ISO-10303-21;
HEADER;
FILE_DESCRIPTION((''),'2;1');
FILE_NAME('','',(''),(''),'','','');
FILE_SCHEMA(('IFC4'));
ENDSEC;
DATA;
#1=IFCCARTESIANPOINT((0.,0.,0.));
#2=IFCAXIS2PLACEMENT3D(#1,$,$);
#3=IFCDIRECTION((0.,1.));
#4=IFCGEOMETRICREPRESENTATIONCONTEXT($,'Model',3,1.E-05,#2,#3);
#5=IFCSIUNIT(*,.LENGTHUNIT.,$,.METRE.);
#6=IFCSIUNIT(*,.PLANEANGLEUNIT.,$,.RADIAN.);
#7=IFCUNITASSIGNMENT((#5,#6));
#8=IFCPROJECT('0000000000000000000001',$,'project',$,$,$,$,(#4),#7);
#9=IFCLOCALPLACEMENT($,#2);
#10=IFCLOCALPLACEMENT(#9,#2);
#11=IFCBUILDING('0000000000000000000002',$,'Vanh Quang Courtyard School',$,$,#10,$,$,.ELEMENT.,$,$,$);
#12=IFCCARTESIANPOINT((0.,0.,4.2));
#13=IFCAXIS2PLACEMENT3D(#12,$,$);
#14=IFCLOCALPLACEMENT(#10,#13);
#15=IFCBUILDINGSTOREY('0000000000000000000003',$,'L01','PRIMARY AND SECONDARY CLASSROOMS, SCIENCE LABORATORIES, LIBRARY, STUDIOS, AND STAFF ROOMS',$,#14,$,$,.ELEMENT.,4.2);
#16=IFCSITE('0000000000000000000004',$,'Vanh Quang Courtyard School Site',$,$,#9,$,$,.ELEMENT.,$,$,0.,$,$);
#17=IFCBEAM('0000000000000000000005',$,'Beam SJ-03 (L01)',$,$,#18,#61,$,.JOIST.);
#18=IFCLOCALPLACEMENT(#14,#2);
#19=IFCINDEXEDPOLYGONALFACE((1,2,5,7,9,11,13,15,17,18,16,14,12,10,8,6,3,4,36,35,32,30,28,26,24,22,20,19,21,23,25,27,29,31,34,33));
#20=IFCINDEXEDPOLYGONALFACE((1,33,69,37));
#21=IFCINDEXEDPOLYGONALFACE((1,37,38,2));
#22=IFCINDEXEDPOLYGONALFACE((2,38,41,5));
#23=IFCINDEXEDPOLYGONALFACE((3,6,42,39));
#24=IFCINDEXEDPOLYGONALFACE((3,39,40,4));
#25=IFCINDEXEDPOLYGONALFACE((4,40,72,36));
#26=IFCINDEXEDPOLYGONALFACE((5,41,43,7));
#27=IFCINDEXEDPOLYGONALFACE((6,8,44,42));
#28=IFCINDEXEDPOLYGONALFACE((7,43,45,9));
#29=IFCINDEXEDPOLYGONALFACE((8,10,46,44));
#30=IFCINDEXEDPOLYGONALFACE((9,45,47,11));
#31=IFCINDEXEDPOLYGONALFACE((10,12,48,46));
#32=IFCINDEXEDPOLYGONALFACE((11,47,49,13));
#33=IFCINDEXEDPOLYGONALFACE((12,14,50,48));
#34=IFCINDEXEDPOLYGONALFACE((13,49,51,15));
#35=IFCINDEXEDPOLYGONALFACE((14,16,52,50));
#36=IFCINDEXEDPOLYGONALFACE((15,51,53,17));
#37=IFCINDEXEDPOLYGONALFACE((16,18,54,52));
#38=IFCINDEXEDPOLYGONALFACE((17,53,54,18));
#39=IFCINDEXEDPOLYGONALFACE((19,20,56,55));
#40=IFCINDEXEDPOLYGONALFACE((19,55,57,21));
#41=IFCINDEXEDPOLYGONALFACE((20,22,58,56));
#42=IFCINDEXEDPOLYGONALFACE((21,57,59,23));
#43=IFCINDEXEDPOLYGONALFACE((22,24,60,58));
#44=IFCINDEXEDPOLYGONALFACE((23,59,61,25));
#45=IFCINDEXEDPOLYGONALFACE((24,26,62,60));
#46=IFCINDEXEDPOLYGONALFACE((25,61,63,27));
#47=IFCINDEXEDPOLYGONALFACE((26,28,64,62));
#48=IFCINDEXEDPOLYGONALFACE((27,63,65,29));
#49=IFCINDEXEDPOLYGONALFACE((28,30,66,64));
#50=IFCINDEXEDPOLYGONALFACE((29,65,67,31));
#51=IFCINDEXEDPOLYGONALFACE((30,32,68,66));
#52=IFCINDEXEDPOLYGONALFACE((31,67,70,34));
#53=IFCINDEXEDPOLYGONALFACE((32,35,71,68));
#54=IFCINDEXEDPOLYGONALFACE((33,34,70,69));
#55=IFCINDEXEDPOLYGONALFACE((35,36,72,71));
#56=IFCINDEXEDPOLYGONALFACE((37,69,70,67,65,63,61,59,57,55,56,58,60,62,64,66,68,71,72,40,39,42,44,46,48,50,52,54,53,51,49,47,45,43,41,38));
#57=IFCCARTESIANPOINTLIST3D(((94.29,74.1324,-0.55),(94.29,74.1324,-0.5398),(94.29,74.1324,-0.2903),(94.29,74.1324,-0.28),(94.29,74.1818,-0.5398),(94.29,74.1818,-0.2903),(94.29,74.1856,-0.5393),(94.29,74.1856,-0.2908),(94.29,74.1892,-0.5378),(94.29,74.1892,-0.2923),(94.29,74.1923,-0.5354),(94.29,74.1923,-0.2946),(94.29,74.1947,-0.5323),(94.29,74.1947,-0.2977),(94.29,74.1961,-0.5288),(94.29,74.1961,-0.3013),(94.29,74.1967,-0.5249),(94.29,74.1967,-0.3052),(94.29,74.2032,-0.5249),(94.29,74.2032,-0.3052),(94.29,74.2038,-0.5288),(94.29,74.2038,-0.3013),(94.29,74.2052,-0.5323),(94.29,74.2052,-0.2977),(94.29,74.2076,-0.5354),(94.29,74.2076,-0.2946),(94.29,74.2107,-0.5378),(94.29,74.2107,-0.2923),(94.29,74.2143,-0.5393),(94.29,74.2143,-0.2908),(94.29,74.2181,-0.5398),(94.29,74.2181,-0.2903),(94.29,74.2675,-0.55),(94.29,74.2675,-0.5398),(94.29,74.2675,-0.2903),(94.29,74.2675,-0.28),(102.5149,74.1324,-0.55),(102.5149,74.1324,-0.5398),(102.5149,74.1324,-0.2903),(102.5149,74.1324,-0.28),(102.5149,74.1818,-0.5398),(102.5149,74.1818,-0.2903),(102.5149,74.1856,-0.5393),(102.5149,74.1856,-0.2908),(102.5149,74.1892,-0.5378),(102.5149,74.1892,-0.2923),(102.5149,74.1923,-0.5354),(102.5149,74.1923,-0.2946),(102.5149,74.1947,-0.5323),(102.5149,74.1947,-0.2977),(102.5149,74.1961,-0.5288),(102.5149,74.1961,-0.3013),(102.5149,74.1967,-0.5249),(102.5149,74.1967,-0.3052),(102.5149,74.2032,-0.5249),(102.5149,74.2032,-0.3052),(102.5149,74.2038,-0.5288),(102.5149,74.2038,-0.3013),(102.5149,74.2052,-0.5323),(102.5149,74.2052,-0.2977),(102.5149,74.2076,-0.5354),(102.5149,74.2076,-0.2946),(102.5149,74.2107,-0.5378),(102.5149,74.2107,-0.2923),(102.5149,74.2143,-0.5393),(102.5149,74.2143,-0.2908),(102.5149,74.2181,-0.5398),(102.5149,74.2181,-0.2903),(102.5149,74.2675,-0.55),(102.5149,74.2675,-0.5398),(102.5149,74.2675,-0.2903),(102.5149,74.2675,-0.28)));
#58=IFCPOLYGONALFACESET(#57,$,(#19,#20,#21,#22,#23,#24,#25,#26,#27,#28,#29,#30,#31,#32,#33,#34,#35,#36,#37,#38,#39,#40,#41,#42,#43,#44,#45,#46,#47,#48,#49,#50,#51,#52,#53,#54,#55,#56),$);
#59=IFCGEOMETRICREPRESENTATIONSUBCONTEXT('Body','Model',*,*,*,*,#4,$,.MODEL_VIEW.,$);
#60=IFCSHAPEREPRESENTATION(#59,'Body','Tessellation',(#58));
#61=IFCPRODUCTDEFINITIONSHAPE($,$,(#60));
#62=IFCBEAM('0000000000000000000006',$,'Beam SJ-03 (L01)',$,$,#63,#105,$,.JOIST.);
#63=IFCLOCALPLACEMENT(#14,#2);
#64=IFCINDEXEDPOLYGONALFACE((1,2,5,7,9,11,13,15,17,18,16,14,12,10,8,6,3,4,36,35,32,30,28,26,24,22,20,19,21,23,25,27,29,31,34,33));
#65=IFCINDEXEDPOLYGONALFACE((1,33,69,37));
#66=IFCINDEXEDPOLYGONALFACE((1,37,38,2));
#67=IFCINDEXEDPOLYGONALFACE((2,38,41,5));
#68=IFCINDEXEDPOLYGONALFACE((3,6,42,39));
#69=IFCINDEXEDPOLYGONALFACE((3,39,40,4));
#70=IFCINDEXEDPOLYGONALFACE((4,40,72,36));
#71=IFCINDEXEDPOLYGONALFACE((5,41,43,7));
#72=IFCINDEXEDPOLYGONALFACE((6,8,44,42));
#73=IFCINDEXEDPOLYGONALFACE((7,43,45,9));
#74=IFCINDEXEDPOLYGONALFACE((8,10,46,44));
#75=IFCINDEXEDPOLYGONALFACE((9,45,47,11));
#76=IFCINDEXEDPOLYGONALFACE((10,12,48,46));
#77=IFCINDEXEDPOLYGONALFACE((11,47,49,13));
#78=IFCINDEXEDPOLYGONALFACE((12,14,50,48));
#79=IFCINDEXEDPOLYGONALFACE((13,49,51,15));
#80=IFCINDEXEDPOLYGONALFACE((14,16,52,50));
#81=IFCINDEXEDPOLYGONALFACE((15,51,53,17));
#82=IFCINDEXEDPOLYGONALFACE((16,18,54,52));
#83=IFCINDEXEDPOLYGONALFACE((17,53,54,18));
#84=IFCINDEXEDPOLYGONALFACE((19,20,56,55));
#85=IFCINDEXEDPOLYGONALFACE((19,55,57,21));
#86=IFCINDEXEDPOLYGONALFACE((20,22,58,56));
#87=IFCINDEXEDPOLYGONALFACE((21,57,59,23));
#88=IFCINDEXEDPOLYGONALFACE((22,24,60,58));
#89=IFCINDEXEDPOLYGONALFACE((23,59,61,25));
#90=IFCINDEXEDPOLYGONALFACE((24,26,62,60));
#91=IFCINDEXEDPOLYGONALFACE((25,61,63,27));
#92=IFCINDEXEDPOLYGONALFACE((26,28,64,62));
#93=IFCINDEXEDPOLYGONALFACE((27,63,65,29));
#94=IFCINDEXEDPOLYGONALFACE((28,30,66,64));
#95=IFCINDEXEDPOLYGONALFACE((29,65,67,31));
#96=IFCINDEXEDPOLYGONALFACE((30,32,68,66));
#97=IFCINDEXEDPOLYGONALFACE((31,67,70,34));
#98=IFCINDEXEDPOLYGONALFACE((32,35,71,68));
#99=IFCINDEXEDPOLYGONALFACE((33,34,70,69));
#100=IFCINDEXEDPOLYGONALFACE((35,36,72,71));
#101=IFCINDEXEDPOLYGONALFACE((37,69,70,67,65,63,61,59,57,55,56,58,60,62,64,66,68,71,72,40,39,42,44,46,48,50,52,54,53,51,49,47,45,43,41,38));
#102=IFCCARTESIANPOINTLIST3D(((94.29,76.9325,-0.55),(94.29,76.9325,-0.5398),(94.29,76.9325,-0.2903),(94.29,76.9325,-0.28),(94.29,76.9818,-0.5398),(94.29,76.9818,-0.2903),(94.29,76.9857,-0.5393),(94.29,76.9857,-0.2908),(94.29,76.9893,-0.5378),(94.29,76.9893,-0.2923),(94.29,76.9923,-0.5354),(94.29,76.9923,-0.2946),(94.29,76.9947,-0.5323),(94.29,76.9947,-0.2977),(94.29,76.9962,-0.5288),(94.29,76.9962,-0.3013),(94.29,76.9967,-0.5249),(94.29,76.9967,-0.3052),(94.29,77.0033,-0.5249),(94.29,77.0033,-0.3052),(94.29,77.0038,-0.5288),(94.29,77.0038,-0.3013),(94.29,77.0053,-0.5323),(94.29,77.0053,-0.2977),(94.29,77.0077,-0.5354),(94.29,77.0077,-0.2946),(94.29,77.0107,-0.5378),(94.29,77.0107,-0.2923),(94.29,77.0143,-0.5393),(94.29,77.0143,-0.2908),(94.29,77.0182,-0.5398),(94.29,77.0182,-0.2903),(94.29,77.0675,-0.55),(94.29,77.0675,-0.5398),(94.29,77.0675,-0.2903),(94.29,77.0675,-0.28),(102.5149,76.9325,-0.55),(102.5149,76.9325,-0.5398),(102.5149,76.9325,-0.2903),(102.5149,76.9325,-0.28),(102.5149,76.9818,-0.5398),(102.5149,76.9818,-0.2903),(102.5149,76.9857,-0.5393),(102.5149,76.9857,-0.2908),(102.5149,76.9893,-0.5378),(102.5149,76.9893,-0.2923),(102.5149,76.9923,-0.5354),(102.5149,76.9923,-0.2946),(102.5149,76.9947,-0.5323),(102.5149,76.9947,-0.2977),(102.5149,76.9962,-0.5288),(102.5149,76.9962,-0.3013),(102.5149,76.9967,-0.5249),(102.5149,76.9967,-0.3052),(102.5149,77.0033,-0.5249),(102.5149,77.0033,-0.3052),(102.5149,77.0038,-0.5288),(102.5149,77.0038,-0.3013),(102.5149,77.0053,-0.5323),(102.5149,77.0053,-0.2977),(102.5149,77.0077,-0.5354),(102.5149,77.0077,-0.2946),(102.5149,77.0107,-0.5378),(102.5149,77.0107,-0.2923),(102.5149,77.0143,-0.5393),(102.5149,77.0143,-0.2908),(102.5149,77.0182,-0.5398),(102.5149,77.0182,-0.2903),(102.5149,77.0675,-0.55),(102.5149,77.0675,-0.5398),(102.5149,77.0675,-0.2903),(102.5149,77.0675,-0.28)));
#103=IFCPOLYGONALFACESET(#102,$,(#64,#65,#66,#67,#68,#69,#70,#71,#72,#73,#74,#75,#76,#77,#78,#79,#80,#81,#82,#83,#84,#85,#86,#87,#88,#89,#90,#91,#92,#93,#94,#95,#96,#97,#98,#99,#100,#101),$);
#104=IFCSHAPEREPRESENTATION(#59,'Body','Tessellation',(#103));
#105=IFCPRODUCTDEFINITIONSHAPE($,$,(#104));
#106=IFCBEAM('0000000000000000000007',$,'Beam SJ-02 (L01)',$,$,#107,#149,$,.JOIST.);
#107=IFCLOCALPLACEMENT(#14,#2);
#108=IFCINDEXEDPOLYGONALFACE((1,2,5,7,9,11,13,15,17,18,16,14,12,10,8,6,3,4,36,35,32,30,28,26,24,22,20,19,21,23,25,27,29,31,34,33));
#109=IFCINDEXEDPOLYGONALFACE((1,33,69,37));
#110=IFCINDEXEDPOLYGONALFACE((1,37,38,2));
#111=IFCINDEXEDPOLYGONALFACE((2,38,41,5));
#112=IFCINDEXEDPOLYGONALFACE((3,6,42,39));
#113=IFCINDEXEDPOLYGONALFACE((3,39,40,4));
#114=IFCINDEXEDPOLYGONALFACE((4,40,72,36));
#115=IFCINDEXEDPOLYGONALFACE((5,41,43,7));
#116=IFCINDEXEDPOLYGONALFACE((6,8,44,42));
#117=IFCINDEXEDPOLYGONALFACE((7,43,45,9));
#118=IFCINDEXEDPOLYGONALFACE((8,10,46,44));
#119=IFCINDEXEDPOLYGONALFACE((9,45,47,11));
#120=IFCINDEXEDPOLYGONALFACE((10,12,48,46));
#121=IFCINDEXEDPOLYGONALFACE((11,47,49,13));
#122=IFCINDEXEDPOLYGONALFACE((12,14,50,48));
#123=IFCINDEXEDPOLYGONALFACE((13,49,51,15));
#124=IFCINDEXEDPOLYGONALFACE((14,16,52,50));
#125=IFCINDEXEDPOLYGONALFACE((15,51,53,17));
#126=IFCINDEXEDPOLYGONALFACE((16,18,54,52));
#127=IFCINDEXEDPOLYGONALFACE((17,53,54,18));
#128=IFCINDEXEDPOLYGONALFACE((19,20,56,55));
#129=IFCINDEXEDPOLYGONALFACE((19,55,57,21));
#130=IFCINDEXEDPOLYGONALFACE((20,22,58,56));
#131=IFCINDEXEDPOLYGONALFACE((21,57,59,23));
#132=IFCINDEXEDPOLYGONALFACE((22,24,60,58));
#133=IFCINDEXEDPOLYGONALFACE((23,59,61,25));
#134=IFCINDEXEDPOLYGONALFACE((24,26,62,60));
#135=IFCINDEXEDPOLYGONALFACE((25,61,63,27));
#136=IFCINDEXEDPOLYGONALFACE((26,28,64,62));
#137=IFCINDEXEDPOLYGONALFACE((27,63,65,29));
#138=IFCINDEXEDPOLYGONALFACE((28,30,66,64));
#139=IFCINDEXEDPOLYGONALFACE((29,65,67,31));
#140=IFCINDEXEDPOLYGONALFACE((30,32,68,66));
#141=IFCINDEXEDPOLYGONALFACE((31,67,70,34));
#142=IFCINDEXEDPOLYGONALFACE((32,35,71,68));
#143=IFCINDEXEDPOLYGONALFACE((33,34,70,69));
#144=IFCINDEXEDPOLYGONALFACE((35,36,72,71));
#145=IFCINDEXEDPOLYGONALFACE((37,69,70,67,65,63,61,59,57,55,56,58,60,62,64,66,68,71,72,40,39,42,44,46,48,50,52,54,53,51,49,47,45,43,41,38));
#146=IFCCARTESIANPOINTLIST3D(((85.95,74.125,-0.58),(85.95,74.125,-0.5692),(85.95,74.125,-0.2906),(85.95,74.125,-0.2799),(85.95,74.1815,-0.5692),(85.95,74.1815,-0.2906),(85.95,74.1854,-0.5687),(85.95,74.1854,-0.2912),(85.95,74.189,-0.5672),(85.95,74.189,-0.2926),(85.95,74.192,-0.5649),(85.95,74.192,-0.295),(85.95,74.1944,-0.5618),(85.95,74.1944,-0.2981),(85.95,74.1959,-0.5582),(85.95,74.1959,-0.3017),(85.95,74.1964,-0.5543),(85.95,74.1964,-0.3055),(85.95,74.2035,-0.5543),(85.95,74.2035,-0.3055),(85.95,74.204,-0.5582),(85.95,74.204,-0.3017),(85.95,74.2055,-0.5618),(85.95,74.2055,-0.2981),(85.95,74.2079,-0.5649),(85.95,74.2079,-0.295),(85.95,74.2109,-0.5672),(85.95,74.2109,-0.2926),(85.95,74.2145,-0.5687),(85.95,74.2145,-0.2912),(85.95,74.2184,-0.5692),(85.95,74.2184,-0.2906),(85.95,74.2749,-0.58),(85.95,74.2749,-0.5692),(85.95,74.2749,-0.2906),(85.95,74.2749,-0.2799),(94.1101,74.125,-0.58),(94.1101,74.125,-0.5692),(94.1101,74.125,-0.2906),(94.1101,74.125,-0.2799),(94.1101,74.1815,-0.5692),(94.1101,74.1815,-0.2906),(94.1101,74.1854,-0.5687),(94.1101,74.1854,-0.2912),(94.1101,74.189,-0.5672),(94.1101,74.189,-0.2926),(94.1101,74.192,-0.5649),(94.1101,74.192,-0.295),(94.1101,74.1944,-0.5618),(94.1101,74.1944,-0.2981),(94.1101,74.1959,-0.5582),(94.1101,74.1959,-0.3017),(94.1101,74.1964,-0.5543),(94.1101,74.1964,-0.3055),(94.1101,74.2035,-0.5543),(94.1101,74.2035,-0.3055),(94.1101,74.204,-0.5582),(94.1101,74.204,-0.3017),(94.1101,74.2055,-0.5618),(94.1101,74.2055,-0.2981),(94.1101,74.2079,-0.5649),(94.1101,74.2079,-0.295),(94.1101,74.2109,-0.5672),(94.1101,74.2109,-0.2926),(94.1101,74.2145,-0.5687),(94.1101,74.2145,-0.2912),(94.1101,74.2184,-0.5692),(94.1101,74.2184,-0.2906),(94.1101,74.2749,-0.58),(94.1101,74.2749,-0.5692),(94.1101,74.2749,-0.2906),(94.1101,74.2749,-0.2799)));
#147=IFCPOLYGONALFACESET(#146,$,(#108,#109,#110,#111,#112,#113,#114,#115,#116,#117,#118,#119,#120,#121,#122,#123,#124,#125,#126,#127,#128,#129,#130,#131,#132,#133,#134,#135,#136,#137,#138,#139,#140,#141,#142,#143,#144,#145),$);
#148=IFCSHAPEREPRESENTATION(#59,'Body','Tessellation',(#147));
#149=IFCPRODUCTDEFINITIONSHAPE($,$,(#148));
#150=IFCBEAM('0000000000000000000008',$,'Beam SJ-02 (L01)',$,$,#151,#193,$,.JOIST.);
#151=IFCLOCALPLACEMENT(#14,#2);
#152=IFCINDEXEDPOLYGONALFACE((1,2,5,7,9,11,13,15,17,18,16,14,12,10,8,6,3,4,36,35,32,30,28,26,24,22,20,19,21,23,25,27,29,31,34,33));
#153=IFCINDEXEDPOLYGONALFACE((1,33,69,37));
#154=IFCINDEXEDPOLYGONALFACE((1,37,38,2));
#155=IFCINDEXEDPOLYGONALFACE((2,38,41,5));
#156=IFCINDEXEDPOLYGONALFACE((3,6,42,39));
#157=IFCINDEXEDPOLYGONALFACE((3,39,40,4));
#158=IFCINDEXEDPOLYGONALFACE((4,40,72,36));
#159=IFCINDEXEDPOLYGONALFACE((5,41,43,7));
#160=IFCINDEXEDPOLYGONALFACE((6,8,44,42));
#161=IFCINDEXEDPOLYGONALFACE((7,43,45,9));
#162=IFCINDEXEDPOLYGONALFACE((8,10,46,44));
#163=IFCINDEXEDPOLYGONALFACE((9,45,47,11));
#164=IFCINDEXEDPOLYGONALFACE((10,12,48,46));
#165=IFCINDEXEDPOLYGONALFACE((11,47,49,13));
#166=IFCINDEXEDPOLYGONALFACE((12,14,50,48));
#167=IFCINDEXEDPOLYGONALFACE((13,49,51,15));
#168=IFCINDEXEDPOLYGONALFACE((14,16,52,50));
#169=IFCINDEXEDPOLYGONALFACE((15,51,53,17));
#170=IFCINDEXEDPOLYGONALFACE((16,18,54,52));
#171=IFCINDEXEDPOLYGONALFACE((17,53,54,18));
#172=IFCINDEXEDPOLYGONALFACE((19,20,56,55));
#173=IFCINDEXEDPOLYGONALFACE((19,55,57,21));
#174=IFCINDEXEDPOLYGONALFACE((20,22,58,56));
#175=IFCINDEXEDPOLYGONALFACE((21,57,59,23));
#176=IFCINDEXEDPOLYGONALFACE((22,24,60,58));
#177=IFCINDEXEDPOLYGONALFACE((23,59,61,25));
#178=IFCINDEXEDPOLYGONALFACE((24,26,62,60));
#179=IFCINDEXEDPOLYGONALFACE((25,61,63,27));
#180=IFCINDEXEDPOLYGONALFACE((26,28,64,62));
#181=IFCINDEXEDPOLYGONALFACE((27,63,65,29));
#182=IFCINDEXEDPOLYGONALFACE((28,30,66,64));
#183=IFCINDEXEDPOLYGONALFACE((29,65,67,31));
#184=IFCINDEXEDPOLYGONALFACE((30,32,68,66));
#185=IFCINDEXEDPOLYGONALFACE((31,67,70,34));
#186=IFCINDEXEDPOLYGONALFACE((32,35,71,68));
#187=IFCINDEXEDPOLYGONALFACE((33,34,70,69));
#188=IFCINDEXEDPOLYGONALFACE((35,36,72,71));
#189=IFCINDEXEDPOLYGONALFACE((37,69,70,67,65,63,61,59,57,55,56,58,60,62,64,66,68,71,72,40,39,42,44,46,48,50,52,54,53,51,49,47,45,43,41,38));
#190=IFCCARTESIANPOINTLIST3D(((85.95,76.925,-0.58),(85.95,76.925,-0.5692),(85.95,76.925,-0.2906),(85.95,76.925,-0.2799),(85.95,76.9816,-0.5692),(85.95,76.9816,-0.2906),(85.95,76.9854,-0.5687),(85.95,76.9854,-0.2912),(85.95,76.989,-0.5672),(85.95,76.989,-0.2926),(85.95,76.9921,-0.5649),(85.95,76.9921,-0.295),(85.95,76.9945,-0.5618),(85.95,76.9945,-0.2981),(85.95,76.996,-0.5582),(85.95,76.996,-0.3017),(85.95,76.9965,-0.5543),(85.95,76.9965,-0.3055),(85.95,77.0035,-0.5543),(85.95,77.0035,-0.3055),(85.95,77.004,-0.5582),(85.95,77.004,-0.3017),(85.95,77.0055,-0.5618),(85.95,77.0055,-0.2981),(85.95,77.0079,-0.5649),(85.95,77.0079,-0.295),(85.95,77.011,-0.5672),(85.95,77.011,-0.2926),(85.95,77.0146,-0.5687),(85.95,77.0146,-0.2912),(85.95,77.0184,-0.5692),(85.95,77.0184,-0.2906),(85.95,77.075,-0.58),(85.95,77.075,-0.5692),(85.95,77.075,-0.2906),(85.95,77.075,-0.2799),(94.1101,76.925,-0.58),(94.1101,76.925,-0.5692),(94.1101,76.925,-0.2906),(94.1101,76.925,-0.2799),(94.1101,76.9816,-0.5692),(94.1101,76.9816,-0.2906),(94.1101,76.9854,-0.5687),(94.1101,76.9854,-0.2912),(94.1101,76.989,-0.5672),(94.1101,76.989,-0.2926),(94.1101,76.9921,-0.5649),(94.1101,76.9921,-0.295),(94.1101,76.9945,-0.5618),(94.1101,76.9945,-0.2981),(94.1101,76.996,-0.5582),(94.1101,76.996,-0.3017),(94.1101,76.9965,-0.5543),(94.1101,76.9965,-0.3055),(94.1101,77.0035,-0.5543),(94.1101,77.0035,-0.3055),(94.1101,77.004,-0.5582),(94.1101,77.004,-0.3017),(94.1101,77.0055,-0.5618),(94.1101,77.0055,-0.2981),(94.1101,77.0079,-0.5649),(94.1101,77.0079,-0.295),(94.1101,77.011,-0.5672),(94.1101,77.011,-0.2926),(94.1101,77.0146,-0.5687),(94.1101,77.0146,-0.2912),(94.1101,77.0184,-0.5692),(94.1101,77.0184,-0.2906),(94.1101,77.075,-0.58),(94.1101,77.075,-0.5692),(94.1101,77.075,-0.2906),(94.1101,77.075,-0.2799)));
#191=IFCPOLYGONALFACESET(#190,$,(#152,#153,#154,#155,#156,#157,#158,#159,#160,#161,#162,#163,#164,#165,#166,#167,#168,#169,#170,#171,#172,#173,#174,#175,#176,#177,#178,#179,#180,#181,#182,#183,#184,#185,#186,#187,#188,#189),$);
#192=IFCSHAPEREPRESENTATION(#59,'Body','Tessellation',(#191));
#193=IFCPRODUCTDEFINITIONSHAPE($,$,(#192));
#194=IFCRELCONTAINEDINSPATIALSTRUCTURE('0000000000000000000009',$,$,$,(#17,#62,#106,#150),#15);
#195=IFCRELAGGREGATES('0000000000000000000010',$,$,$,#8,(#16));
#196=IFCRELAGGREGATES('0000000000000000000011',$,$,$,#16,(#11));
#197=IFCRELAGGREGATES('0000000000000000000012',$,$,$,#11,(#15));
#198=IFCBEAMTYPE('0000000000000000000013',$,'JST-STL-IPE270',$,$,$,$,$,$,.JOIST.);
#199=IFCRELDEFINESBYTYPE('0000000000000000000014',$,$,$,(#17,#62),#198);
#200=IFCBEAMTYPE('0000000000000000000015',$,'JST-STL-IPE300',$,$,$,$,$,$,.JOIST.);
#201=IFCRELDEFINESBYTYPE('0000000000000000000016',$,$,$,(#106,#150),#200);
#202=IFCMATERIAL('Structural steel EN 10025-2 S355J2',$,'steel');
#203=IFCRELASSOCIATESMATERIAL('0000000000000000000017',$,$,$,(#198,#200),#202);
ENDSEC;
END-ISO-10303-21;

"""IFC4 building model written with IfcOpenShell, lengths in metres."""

from ifc_helpers import new_model, si_unit, direction, frame, origin, origin_2d, place, context, subcontext, project, spatial, i_section, extrude, material, material_profile, profile_set, type_object, element, save


model = new_model("IFC4")

# Units and contexts
model_context = context("Model", 3, precision=1e-05, world=origin(), true_north=direction((0.0, 1.0)))
body_context = subcontext(model_context, "Body", "Model", "MODEL_VIEW")
ifc_project = project(units=[si_unit("LENGTHUNIT", "METRE"), si_unit("PLANEANGLEUNIT", "RADIAN")], contexts=[model_context])

# Site, building, storey
site_placement = place(None, origin())
site = spatial("IfcSite", under=ifc_project, at=site_placement, Name="Vanh Quang Courtyard School Site", CompositionType="ELEMENT", RefElevation=0.0)
building_placement = place(site_placement, origin())
building = spatial("IfcBuilding", under=site, at=building_placement, Name="Vanh Quang Courtyard School", CompositionType="ELEMENT")
storey_placement = place(building_placement, frame((0.0, 0.0, 4.2)))
storey = spatial("IfcBuildingStorey", under=building, at=storey_placement, Name="L01", Description="PRIMARY AND SECONDARY CLASSROOMS, SCIENCE LABORATORIES, LIBRARY, STUDIOS, AND STAFF ROOMS", CompositionType="ELEMENT", Elevation=4.2)

# Beams
ifc_material_1 = material(Name="Structural steel EN 10025-2 S355J2", Category="steel")
ifc_material_profile_1 = material_profile(ifc_material_1, i_section(OverallWidth=0.135, OverallDepth=0.27, WebThickness=0.0066, FlangeThickness=0.0103, FilletRadius=0.0149, at=origin_2d()), Name="IPE 270")
ifc_profile_set_1 = profile_set([ifc_material_profile_1], Name="Structural steel EN 10025-2 S355J2")
beam_type_1 = type_object("IfcBeamType", Name="JST-STL-IPE270", PredefinedType="JOIST", material=ifc_profile_set_1)
for number, where, z_axis, x_axis, name in (
    (1, (94.29, 74.2, -0.415), (1.0, 0.0, 0.0), (0.0, 1.0, 0.0), "Beam SJ-03 (L01)"),
    (2, (94.29, 77.0, -0.415), (1.0, 0.0, 0.0), (0.0, 1.0, 0.0), "Beam SJ-03 (L01)"),
):
    element("IfcBeam", number, at=place(storey_placement, frame(where, z_axis=z_axis, x_axis=x_axis)), inside=storey, type_object=beam_type_1, Name=name, PredefinedType="JOIST", context=body_context, shape_type="SweptSolid", body=[
        extrude(i_section(OverallWidth=0.135, OverallDepth=0.27, WebThickness=0.0066, FlangeThickness=0.0103, FilletRadius=0.0149, at=origin_2d()), origin(), (0.0, 0.0, 1.0), 8.2249),
    ])
ifc_material_profile_2 = material_profile(ifc_material_1, i_section(OverallWidth=0.1499, OverallDepth=0.3, WebThickness=0.0071, FlangeThickness=0.0107, FilletRadius=0.0149, at=origin_2d()), Name="IPE 300")
ifc_profile_set_2 = profile_set([ifc_material_profile_2], Name="Structural steel EN 10025-2 S355J2")
beam_type_2 = type_object("IfcBeamType", Name="JST-STL-IPE300", PredefinedType="JOIST", material=ifc_profile_set_2)
for number, where, z_axis, x_axis, name in (
    (3, (85.95, 74.2, -0.4299), (1.0, 0.0, 0.0), (0.0, 1.0, 0.0), "Beam SJ-02 (L01)"),
    (4, (85.95, 77.0, -0.4299), (1.0, 0.0, 0.0), (0.0, 1.0, 0.0), "Beam SJ-02 (L01)"),
):
    element("IfcBeam", number, at=place(storey_placement, frame(where, z_axis=z_axis, x_axis=x_axis)), inside=storey, type_object=beam_type_2, Name=name, PredefinedType="JOIST", context=body_context, shape_type="SweptSolid", body=[
        extrude(i_section(OverallWidth=0.1499, OverallDepth=0.3, WebThickness=0.0071, FlangeThickness=0.0107, FilletRadius=0.0149, at=origin_2d()), origin(), (0.0, 0.0, 1.0), 8.1602),
    ])

save(model, "model.ifc")
